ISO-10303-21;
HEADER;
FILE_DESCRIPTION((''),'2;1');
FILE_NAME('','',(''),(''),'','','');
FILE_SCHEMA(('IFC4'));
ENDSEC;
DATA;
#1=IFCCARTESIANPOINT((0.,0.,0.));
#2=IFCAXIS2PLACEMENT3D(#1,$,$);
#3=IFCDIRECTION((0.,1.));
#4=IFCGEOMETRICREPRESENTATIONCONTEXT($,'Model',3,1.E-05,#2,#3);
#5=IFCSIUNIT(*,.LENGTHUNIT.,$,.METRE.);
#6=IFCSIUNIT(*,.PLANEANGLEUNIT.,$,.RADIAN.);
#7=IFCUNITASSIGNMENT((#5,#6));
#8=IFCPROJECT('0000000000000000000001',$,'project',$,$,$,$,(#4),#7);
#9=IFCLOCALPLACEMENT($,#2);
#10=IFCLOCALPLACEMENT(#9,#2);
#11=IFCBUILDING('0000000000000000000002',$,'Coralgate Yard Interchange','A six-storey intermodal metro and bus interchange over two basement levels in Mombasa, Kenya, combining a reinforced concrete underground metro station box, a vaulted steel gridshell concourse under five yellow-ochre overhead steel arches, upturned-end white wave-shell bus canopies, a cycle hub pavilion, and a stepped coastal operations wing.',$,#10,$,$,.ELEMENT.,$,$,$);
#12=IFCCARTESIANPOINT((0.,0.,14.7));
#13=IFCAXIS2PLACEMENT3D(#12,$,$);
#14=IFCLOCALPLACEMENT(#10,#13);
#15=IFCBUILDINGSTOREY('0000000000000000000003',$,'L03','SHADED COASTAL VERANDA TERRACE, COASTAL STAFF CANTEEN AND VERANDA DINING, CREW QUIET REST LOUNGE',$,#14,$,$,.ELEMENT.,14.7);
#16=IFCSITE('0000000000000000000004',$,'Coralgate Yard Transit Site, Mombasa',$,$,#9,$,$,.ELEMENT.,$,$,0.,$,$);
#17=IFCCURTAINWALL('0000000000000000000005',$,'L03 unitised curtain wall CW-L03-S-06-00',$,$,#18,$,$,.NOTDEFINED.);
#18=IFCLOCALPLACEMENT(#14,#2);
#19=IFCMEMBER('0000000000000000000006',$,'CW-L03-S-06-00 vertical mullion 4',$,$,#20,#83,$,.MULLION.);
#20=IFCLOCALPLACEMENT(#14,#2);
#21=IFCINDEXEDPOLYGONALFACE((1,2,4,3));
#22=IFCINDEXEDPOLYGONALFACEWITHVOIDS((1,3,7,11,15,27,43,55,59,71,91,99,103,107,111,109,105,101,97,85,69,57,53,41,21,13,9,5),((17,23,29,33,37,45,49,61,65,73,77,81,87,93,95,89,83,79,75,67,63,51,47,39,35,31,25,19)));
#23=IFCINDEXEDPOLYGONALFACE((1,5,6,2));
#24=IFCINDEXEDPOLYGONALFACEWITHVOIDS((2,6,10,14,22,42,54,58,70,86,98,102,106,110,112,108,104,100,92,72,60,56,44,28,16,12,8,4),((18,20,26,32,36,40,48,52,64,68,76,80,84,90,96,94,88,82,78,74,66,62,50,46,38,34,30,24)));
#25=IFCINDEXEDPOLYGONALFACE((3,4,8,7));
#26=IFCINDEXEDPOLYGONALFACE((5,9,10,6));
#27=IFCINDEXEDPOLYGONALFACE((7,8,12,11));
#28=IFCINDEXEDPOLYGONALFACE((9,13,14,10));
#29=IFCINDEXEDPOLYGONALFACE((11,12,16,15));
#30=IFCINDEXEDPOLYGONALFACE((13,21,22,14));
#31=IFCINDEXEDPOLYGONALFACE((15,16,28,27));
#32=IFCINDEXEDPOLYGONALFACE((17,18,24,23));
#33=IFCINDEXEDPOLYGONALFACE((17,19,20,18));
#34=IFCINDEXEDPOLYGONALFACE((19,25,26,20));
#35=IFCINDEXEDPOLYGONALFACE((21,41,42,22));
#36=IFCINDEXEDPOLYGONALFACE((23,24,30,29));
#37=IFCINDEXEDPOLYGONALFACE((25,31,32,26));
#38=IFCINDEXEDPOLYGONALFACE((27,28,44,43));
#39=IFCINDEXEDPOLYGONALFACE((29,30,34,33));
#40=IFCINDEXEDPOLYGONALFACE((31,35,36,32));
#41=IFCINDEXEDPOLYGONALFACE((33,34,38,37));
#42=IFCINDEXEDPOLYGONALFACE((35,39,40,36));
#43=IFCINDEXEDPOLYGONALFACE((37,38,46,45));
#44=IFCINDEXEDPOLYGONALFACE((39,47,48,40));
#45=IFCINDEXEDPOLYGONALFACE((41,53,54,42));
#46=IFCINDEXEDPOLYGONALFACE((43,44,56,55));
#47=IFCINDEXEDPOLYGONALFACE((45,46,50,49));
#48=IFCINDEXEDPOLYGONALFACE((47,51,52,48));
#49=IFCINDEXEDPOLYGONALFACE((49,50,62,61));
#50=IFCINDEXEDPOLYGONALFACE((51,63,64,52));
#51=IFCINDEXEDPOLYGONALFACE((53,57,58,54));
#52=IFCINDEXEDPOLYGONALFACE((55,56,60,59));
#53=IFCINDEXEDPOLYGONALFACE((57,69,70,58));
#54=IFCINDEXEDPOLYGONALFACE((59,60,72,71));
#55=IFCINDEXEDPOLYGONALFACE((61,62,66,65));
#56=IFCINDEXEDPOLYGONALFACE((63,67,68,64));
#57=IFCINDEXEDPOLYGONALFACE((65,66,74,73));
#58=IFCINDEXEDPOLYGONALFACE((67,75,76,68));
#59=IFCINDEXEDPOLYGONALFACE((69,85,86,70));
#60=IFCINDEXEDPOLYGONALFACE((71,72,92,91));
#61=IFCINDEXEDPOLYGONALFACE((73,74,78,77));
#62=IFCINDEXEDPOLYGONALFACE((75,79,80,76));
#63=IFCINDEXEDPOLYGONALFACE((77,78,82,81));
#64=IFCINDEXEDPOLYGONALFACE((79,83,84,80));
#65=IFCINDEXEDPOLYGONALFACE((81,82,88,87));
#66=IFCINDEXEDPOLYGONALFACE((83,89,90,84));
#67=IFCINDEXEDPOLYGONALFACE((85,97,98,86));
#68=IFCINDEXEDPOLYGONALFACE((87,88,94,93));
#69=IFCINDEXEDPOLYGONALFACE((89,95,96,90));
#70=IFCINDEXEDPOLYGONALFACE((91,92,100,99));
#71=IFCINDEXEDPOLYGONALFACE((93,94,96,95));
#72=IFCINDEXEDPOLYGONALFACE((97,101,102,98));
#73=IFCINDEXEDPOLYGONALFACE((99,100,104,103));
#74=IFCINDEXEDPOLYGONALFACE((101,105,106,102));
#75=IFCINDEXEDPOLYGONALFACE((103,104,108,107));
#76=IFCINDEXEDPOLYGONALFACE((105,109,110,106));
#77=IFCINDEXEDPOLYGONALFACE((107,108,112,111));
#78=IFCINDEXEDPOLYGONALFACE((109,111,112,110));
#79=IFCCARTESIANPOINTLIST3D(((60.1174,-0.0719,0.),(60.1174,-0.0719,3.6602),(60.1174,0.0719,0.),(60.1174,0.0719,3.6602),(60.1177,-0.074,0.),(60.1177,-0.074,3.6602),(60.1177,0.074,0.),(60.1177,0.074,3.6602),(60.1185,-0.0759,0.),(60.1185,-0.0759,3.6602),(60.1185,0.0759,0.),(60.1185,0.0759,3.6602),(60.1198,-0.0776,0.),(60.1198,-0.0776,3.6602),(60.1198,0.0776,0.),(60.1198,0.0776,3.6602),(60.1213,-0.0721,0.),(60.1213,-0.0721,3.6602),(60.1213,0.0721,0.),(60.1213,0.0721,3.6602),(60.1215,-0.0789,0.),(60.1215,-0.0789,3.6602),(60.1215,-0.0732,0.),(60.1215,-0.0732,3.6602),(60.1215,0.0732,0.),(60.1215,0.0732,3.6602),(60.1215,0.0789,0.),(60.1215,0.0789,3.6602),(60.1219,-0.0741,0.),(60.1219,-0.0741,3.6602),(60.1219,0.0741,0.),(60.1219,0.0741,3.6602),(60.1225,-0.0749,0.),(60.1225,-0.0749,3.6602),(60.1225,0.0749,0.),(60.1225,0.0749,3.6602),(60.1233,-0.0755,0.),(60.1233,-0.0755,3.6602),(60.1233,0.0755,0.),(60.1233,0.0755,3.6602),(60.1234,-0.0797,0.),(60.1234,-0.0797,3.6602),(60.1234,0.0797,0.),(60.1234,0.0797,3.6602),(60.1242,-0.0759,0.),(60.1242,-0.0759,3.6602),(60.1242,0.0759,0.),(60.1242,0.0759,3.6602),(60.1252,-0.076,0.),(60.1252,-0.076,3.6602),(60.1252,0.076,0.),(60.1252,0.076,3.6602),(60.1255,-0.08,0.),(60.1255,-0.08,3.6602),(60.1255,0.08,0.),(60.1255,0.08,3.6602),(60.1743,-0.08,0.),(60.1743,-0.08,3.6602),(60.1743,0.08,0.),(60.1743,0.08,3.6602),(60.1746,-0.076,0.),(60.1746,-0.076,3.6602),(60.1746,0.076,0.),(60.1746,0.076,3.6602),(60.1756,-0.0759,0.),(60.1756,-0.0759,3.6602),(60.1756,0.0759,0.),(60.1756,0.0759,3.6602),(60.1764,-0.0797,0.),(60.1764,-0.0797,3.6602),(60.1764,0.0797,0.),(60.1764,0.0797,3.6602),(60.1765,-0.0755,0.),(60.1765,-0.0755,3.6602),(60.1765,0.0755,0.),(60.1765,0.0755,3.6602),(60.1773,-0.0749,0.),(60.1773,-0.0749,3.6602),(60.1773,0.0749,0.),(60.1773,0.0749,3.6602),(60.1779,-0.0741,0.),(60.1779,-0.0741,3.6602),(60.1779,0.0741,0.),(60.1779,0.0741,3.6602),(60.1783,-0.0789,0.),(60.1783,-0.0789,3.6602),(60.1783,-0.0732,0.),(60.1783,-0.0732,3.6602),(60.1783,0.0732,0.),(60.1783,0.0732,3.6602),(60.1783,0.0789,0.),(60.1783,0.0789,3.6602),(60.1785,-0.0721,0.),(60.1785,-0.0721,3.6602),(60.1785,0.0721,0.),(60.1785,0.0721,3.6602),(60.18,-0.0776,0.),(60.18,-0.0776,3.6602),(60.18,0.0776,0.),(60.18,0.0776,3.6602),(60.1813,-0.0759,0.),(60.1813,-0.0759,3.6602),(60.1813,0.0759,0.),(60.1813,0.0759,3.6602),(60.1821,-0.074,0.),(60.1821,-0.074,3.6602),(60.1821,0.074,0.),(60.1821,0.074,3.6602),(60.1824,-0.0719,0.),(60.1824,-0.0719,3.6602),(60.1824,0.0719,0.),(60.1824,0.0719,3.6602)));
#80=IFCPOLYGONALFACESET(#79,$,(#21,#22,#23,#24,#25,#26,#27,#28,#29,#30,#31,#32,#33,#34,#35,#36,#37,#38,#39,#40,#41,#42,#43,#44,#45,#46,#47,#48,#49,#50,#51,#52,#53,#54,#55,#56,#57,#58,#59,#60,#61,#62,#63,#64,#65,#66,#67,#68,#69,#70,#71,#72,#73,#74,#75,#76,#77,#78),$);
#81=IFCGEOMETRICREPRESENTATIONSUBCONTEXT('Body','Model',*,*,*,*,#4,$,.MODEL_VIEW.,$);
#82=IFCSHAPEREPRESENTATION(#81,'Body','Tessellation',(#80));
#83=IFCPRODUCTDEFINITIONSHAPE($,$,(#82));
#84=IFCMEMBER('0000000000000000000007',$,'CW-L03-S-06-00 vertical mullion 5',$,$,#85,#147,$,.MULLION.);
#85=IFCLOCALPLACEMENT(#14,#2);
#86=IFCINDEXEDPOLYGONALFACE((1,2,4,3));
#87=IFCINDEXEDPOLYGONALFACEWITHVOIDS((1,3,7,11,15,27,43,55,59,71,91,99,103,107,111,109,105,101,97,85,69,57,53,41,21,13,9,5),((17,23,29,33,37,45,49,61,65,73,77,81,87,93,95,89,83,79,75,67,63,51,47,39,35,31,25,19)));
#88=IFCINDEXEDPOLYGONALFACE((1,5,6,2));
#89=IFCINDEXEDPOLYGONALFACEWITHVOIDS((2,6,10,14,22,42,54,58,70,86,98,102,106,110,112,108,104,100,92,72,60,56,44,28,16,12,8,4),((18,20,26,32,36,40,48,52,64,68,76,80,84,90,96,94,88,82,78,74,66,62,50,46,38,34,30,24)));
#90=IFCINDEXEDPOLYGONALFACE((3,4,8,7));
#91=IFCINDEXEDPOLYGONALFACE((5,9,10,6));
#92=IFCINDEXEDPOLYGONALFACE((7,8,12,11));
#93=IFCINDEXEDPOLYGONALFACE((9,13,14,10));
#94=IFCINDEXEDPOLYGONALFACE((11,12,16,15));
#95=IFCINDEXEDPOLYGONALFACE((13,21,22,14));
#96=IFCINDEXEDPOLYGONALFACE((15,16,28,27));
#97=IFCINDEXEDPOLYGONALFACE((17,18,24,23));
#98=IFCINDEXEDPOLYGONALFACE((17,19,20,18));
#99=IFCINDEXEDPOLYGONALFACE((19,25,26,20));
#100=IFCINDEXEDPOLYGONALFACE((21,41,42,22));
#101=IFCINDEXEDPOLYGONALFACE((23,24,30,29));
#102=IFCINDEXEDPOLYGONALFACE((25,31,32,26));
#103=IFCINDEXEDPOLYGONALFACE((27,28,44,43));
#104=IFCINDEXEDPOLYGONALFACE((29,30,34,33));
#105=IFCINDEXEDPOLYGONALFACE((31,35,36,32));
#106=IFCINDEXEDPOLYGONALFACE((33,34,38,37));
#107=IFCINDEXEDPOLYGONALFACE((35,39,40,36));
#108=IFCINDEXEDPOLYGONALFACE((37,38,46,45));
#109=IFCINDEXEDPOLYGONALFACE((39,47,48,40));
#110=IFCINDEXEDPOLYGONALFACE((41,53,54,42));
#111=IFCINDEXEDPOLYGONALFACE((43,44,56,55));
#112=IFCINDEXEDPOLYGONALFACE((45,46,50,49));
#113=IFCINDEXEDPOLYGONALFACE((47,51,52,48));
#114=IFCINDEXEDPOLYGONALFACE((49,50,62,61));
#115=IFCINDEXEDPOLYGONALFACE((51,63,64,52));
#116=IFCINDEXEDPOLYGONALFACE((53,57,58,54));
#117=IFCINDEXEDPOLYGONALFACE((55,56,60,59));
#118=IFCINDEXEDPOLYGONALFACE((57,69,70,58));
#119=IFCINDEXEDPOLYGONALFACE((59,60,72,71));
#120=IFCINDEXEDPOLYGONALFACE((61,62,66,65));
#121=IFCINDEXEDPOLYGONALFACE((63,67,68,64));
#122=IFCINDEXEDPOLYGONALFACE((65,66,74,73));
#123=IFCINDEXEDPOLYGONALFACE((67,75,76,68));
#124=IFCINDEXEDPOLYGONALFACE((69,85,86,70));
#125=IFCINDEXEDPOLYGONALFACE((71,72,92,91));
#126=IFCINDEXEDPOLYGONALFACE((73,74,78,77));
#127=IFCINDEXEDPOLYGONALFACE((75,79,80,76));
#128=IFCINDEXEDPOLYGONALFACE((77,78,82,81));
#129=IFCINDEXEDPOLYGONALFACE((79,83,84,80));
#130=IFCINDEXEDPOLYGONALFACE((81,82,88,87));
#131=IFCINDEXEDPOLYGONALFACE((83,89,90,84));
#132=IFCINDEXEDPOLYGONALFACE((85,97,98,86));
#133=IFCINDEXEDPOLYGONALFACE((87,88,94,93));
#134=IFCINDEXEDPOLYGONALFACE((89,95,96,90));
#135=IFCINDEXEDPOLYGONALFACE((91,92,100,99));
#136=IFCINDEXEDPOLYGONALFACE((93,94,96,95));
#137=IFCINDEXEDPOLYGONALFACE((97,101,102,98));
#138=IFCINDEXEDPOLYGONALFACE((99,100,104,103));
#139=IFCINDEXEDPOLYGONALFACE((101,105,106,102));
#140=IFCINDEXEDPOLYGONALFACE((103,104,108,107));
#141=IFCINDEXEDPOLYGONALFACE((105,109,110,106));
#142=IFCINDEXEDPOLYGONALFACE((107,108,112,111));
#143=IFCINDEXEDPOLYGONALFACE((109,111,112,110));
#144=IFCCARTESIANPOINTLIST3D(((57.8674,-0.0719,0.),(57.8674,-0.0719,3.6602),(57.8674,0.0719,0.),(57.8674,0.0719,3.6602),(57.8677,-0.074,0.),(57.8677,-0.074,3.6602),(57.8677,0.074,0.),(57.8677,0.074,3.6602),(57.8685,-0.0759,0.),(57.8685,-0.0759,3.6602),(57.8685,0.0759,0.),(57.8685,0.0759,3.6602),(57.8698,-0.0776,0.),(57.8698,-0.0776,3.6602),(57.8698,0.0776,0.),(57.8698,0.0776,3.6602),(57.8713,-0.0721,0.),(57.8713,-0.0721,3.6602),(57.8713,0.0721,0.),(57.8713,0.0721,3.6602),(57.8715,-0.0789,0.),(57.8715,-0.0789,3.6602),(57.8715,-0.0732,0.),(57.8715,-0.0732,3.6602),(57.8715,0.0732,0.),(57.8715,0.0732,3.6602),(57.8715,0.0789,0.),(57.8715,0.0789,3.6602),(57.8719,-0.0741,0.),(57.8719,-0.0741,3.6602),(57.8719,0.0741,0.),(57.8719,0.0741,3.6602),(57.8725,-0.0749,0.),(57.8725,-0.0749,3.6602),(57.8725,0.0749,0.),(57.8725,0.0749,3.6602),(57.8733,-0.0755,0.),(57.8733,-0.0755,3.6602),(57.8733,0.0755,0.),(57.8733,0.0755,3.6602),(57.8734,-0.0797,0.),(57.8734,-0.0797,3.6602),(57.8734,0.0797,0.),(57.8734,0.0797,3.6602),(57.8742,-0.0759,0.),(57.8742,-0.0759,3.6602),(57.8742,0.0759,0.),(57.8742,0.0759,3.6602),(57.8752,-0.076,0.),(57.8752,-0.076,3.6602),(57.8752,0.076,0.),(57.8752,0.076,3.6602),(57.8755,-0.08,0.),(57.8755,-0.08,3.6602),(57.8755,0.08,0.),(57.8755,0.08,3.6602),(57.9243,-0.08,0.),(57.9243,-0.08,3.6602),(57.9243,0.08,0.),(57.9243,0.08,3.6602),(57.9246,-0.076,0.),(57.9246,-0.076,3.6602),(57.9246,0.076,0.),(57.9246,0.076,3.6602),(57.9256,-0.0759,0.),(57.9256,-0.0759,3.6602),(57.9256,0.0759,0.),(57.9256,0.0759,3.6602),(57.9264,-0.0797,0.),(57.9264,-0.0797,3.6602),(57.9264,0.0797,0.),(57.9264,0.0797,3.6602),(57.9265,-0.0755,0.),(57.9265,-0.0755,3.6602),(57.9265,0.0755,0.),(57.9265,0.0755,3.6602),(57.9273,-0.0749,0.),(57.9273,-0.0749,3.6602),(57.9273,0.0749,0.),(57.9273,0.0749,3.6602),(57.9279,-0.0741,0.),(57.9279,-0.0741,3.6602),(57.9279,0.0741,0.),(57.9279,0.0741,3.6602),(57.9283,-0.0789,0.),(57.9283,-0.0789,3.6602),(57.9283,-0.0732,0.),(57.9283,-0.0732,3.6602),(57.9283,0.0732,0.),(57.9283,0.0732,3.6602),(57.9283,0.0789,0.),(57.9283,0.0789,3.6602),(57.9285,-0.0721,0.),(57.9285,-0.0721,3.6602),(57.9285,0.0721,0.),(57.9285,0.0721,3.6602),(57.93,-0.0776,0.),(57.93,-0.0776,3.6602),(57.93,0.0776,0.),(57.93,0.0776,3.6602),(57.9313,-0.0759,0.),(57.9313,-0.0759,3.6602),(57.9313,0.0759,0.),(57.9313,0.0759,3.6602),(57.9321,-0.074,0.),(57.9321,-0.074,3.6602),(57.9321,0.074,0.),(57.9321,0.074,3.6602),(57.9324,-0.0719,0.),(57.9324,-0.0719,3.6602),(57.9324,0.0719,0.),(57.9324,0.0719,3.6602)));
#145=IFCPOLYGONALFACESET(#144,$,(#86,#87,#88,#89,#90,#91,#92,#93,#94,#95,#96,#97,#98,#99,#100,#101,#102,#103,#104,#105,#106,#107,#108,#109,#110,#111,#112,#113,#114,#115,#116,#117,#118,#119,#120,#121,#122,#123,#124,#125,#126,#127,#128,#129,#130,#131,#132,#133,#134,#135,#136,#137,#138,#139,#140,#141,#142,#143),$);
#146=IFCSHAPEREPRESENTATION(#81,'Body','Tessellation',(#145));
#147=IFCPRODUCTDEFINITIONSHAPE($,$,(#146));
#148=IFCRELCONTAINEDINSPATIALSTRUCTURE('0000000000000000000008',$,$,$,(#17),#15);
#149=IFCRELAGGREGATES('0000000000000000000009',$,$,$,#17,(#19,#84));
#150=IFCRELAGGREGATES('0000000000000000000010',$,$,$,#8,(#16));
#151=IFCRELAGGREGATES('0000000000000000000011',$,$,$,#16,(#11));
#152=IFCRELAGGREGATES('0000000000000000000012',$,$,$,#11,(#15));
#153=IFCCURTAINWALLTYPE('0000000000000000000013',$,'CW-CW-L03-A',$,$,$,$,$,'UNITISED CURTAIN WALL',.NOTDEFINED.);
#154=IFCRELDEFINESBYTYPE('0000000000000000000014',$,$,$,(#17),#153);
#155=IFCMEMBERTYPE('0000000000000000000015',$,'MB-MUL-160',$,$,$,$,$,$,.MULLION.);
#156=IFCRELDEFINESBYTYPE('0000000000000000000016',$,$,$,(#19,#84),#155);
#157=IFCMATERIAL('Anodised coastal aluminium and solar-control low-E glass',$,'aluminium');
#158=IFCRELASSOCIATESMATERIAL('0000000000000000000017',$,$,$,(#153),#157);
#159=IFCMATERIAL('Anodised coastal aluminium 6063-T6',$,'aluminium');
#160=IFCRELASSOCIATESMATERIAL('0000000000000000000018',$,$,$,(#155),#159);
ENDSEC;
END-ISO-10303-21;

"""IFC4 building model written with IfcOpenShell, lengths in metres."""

from ifc_helpers import new_model, si_unit, direction, frame, origin, origin_2d, place, context, subcontext, project, spatial, hollow_rectangle, extrude, material, material_profile, profile_set, type_object, element, aggregate, save


model = new_model("IFC4")

# Units and contexts
model_context = context("Model", 3, precision=1e-05, world=origin(), true_north=direction((0.0, 1.0)))
body_context = subcontext(model_context, "Body", "Model", "MODEL_VIEW")
ifc_project = project(units=[si_unit("LENGTHUNIT", "METRE"), si_unit("PLANEANGLEUNIT", "RADIAN")], contexts=[model_context])

# Site, building, storey
site_placement = place(None, origin())
site = spatial("IfcSite", under=ifc_project, at=site_placement, Name="Coralgate Yard Transit Site, Mombasa", CompositionType="ELEMENT", RefElevation=0.0)
building_placement = place(site_placement, origin())
building = spatial("IfcBuilding", under=site, at=building_placement, Name="Coralgate Yard Interchange", Description="A six-storey intermodal metro and bus interchange over two basement levels in Mombasa, Kenya, combining a reinforced concrete underground metro station box, a vaulted steel gridshell concourse under five yellow-ochre overhead steel arches, upturned-end white wave-shell bus canopies, a cycle hub pavilion, and a stepped coastal operations wing.", CompositionType="ELEMENT")
storey_placement = place(building_placement, frame((0.0, 0.0, 14.7)))
storey = spatial("IfcBuildingStorey", under=building, at=storey_placement, Name="L03", Description="SHADED COASTAL VERANDA TERRACE, COASTAL STAFF CANTEEN AND VERANDA DINING, CREW QUIET REST LOUNGE", CompositionType="ELEMENT", Elevation=14.7)

# Curtain wall, members
ifc_material_1 = material(Name="Anodised coastal aluminium and solar-control low-E glass", Category="aluminium")
curtain_wall_type = type_object("IfcCurtainWallType", Name="CW-CW-L03-A", ElementType="UNITISED CURTAIN WALL", PredefinedType="NOTDEFINED", material=ifc_material_1)
ifc_material_2 = material(Name="Anodised coastal aluminium 6063-T6", Category="aluminium")
ifc_material_profile_1 = material_profile(ifc_material_2, hollow_rectangle(XDim=0.0649, YDim=0.1599, WallThickness=0.0039, InnerFilletRadius=0.0039, OuterFilletRadius=0.0081, at=origin_2d()), Name="ALU 65x160x4")
ifc_profile_set_1 = profile_set([ifc_material_profile_1], Name="Anodised coastal aluminium 6063-T6")
member_type_1 = type_object("IfcMemberType", Name="MB-MUL-160", PredefinedType="MULLION", material=ifc_profile_set_1)
curtain_wall_1_placement = place(storey_placement, origin())
curtain_wall_1 = element("IfcCurtainWall", 1, at=curtain_wall_1_placement, inside=storey, type_object=curtain_wall_type, Name="L03 unitised curtain wall CW-L03-S-06-00", PredefinedType="NOTDEFINED")
member_1_placement = place(storey_placement, frame((60.1499, 0.0, 0.0), z_axis=(0.0, 0.0, 1.0), x_axis=(1.0, 0.0, 0.0)))
member_1 = element("IfcMember", 2, at=member_1_placement, type_object=member_type_1, Name="CW-L03-S-06-00 vertical mullion 4", PredefinedType="MULLION", context=body_context, shape_type="SweptSolid", body=[
    extrude(hollow_rectangle(XDim=0.0649, YDim=0.1599, WallThickness=0.0039, InnerFilletRadius=0.0039, OuterFilletRadius=0.0081, at=origin_2d()), origin(), (0.0, 0.0, 1.0), 3.6602),
])
member_2_placement = place(storey_placement, frame((57.8999, 0.0, 0.0), z_axis=(0.0, 0.0, 1.0), x_axis=(1.0, 0.0, 0.0)))
member_2 = element("IfcMember", 3, at=member_2_placement, type_object=member_type_1, Name="CW-L03-S-06-00 vertical mullion 5", PredefinedType="MULLION", context=body_context, shape_type="SweptSolid", body=[
    extrude(hollow_rectangle(XDim=0.0649, YDim=0.1599, WallThickness=0.0039, InnerFilletRadius=0.0039, OuterFilletRadius=0.0081, at=origin_2d()), origin(), (0.0, 0.0, 1.0), 3.6602),
])

aggregate(curtain_wall_1, [member_1, member_2])

save(model, "model.ifc")
